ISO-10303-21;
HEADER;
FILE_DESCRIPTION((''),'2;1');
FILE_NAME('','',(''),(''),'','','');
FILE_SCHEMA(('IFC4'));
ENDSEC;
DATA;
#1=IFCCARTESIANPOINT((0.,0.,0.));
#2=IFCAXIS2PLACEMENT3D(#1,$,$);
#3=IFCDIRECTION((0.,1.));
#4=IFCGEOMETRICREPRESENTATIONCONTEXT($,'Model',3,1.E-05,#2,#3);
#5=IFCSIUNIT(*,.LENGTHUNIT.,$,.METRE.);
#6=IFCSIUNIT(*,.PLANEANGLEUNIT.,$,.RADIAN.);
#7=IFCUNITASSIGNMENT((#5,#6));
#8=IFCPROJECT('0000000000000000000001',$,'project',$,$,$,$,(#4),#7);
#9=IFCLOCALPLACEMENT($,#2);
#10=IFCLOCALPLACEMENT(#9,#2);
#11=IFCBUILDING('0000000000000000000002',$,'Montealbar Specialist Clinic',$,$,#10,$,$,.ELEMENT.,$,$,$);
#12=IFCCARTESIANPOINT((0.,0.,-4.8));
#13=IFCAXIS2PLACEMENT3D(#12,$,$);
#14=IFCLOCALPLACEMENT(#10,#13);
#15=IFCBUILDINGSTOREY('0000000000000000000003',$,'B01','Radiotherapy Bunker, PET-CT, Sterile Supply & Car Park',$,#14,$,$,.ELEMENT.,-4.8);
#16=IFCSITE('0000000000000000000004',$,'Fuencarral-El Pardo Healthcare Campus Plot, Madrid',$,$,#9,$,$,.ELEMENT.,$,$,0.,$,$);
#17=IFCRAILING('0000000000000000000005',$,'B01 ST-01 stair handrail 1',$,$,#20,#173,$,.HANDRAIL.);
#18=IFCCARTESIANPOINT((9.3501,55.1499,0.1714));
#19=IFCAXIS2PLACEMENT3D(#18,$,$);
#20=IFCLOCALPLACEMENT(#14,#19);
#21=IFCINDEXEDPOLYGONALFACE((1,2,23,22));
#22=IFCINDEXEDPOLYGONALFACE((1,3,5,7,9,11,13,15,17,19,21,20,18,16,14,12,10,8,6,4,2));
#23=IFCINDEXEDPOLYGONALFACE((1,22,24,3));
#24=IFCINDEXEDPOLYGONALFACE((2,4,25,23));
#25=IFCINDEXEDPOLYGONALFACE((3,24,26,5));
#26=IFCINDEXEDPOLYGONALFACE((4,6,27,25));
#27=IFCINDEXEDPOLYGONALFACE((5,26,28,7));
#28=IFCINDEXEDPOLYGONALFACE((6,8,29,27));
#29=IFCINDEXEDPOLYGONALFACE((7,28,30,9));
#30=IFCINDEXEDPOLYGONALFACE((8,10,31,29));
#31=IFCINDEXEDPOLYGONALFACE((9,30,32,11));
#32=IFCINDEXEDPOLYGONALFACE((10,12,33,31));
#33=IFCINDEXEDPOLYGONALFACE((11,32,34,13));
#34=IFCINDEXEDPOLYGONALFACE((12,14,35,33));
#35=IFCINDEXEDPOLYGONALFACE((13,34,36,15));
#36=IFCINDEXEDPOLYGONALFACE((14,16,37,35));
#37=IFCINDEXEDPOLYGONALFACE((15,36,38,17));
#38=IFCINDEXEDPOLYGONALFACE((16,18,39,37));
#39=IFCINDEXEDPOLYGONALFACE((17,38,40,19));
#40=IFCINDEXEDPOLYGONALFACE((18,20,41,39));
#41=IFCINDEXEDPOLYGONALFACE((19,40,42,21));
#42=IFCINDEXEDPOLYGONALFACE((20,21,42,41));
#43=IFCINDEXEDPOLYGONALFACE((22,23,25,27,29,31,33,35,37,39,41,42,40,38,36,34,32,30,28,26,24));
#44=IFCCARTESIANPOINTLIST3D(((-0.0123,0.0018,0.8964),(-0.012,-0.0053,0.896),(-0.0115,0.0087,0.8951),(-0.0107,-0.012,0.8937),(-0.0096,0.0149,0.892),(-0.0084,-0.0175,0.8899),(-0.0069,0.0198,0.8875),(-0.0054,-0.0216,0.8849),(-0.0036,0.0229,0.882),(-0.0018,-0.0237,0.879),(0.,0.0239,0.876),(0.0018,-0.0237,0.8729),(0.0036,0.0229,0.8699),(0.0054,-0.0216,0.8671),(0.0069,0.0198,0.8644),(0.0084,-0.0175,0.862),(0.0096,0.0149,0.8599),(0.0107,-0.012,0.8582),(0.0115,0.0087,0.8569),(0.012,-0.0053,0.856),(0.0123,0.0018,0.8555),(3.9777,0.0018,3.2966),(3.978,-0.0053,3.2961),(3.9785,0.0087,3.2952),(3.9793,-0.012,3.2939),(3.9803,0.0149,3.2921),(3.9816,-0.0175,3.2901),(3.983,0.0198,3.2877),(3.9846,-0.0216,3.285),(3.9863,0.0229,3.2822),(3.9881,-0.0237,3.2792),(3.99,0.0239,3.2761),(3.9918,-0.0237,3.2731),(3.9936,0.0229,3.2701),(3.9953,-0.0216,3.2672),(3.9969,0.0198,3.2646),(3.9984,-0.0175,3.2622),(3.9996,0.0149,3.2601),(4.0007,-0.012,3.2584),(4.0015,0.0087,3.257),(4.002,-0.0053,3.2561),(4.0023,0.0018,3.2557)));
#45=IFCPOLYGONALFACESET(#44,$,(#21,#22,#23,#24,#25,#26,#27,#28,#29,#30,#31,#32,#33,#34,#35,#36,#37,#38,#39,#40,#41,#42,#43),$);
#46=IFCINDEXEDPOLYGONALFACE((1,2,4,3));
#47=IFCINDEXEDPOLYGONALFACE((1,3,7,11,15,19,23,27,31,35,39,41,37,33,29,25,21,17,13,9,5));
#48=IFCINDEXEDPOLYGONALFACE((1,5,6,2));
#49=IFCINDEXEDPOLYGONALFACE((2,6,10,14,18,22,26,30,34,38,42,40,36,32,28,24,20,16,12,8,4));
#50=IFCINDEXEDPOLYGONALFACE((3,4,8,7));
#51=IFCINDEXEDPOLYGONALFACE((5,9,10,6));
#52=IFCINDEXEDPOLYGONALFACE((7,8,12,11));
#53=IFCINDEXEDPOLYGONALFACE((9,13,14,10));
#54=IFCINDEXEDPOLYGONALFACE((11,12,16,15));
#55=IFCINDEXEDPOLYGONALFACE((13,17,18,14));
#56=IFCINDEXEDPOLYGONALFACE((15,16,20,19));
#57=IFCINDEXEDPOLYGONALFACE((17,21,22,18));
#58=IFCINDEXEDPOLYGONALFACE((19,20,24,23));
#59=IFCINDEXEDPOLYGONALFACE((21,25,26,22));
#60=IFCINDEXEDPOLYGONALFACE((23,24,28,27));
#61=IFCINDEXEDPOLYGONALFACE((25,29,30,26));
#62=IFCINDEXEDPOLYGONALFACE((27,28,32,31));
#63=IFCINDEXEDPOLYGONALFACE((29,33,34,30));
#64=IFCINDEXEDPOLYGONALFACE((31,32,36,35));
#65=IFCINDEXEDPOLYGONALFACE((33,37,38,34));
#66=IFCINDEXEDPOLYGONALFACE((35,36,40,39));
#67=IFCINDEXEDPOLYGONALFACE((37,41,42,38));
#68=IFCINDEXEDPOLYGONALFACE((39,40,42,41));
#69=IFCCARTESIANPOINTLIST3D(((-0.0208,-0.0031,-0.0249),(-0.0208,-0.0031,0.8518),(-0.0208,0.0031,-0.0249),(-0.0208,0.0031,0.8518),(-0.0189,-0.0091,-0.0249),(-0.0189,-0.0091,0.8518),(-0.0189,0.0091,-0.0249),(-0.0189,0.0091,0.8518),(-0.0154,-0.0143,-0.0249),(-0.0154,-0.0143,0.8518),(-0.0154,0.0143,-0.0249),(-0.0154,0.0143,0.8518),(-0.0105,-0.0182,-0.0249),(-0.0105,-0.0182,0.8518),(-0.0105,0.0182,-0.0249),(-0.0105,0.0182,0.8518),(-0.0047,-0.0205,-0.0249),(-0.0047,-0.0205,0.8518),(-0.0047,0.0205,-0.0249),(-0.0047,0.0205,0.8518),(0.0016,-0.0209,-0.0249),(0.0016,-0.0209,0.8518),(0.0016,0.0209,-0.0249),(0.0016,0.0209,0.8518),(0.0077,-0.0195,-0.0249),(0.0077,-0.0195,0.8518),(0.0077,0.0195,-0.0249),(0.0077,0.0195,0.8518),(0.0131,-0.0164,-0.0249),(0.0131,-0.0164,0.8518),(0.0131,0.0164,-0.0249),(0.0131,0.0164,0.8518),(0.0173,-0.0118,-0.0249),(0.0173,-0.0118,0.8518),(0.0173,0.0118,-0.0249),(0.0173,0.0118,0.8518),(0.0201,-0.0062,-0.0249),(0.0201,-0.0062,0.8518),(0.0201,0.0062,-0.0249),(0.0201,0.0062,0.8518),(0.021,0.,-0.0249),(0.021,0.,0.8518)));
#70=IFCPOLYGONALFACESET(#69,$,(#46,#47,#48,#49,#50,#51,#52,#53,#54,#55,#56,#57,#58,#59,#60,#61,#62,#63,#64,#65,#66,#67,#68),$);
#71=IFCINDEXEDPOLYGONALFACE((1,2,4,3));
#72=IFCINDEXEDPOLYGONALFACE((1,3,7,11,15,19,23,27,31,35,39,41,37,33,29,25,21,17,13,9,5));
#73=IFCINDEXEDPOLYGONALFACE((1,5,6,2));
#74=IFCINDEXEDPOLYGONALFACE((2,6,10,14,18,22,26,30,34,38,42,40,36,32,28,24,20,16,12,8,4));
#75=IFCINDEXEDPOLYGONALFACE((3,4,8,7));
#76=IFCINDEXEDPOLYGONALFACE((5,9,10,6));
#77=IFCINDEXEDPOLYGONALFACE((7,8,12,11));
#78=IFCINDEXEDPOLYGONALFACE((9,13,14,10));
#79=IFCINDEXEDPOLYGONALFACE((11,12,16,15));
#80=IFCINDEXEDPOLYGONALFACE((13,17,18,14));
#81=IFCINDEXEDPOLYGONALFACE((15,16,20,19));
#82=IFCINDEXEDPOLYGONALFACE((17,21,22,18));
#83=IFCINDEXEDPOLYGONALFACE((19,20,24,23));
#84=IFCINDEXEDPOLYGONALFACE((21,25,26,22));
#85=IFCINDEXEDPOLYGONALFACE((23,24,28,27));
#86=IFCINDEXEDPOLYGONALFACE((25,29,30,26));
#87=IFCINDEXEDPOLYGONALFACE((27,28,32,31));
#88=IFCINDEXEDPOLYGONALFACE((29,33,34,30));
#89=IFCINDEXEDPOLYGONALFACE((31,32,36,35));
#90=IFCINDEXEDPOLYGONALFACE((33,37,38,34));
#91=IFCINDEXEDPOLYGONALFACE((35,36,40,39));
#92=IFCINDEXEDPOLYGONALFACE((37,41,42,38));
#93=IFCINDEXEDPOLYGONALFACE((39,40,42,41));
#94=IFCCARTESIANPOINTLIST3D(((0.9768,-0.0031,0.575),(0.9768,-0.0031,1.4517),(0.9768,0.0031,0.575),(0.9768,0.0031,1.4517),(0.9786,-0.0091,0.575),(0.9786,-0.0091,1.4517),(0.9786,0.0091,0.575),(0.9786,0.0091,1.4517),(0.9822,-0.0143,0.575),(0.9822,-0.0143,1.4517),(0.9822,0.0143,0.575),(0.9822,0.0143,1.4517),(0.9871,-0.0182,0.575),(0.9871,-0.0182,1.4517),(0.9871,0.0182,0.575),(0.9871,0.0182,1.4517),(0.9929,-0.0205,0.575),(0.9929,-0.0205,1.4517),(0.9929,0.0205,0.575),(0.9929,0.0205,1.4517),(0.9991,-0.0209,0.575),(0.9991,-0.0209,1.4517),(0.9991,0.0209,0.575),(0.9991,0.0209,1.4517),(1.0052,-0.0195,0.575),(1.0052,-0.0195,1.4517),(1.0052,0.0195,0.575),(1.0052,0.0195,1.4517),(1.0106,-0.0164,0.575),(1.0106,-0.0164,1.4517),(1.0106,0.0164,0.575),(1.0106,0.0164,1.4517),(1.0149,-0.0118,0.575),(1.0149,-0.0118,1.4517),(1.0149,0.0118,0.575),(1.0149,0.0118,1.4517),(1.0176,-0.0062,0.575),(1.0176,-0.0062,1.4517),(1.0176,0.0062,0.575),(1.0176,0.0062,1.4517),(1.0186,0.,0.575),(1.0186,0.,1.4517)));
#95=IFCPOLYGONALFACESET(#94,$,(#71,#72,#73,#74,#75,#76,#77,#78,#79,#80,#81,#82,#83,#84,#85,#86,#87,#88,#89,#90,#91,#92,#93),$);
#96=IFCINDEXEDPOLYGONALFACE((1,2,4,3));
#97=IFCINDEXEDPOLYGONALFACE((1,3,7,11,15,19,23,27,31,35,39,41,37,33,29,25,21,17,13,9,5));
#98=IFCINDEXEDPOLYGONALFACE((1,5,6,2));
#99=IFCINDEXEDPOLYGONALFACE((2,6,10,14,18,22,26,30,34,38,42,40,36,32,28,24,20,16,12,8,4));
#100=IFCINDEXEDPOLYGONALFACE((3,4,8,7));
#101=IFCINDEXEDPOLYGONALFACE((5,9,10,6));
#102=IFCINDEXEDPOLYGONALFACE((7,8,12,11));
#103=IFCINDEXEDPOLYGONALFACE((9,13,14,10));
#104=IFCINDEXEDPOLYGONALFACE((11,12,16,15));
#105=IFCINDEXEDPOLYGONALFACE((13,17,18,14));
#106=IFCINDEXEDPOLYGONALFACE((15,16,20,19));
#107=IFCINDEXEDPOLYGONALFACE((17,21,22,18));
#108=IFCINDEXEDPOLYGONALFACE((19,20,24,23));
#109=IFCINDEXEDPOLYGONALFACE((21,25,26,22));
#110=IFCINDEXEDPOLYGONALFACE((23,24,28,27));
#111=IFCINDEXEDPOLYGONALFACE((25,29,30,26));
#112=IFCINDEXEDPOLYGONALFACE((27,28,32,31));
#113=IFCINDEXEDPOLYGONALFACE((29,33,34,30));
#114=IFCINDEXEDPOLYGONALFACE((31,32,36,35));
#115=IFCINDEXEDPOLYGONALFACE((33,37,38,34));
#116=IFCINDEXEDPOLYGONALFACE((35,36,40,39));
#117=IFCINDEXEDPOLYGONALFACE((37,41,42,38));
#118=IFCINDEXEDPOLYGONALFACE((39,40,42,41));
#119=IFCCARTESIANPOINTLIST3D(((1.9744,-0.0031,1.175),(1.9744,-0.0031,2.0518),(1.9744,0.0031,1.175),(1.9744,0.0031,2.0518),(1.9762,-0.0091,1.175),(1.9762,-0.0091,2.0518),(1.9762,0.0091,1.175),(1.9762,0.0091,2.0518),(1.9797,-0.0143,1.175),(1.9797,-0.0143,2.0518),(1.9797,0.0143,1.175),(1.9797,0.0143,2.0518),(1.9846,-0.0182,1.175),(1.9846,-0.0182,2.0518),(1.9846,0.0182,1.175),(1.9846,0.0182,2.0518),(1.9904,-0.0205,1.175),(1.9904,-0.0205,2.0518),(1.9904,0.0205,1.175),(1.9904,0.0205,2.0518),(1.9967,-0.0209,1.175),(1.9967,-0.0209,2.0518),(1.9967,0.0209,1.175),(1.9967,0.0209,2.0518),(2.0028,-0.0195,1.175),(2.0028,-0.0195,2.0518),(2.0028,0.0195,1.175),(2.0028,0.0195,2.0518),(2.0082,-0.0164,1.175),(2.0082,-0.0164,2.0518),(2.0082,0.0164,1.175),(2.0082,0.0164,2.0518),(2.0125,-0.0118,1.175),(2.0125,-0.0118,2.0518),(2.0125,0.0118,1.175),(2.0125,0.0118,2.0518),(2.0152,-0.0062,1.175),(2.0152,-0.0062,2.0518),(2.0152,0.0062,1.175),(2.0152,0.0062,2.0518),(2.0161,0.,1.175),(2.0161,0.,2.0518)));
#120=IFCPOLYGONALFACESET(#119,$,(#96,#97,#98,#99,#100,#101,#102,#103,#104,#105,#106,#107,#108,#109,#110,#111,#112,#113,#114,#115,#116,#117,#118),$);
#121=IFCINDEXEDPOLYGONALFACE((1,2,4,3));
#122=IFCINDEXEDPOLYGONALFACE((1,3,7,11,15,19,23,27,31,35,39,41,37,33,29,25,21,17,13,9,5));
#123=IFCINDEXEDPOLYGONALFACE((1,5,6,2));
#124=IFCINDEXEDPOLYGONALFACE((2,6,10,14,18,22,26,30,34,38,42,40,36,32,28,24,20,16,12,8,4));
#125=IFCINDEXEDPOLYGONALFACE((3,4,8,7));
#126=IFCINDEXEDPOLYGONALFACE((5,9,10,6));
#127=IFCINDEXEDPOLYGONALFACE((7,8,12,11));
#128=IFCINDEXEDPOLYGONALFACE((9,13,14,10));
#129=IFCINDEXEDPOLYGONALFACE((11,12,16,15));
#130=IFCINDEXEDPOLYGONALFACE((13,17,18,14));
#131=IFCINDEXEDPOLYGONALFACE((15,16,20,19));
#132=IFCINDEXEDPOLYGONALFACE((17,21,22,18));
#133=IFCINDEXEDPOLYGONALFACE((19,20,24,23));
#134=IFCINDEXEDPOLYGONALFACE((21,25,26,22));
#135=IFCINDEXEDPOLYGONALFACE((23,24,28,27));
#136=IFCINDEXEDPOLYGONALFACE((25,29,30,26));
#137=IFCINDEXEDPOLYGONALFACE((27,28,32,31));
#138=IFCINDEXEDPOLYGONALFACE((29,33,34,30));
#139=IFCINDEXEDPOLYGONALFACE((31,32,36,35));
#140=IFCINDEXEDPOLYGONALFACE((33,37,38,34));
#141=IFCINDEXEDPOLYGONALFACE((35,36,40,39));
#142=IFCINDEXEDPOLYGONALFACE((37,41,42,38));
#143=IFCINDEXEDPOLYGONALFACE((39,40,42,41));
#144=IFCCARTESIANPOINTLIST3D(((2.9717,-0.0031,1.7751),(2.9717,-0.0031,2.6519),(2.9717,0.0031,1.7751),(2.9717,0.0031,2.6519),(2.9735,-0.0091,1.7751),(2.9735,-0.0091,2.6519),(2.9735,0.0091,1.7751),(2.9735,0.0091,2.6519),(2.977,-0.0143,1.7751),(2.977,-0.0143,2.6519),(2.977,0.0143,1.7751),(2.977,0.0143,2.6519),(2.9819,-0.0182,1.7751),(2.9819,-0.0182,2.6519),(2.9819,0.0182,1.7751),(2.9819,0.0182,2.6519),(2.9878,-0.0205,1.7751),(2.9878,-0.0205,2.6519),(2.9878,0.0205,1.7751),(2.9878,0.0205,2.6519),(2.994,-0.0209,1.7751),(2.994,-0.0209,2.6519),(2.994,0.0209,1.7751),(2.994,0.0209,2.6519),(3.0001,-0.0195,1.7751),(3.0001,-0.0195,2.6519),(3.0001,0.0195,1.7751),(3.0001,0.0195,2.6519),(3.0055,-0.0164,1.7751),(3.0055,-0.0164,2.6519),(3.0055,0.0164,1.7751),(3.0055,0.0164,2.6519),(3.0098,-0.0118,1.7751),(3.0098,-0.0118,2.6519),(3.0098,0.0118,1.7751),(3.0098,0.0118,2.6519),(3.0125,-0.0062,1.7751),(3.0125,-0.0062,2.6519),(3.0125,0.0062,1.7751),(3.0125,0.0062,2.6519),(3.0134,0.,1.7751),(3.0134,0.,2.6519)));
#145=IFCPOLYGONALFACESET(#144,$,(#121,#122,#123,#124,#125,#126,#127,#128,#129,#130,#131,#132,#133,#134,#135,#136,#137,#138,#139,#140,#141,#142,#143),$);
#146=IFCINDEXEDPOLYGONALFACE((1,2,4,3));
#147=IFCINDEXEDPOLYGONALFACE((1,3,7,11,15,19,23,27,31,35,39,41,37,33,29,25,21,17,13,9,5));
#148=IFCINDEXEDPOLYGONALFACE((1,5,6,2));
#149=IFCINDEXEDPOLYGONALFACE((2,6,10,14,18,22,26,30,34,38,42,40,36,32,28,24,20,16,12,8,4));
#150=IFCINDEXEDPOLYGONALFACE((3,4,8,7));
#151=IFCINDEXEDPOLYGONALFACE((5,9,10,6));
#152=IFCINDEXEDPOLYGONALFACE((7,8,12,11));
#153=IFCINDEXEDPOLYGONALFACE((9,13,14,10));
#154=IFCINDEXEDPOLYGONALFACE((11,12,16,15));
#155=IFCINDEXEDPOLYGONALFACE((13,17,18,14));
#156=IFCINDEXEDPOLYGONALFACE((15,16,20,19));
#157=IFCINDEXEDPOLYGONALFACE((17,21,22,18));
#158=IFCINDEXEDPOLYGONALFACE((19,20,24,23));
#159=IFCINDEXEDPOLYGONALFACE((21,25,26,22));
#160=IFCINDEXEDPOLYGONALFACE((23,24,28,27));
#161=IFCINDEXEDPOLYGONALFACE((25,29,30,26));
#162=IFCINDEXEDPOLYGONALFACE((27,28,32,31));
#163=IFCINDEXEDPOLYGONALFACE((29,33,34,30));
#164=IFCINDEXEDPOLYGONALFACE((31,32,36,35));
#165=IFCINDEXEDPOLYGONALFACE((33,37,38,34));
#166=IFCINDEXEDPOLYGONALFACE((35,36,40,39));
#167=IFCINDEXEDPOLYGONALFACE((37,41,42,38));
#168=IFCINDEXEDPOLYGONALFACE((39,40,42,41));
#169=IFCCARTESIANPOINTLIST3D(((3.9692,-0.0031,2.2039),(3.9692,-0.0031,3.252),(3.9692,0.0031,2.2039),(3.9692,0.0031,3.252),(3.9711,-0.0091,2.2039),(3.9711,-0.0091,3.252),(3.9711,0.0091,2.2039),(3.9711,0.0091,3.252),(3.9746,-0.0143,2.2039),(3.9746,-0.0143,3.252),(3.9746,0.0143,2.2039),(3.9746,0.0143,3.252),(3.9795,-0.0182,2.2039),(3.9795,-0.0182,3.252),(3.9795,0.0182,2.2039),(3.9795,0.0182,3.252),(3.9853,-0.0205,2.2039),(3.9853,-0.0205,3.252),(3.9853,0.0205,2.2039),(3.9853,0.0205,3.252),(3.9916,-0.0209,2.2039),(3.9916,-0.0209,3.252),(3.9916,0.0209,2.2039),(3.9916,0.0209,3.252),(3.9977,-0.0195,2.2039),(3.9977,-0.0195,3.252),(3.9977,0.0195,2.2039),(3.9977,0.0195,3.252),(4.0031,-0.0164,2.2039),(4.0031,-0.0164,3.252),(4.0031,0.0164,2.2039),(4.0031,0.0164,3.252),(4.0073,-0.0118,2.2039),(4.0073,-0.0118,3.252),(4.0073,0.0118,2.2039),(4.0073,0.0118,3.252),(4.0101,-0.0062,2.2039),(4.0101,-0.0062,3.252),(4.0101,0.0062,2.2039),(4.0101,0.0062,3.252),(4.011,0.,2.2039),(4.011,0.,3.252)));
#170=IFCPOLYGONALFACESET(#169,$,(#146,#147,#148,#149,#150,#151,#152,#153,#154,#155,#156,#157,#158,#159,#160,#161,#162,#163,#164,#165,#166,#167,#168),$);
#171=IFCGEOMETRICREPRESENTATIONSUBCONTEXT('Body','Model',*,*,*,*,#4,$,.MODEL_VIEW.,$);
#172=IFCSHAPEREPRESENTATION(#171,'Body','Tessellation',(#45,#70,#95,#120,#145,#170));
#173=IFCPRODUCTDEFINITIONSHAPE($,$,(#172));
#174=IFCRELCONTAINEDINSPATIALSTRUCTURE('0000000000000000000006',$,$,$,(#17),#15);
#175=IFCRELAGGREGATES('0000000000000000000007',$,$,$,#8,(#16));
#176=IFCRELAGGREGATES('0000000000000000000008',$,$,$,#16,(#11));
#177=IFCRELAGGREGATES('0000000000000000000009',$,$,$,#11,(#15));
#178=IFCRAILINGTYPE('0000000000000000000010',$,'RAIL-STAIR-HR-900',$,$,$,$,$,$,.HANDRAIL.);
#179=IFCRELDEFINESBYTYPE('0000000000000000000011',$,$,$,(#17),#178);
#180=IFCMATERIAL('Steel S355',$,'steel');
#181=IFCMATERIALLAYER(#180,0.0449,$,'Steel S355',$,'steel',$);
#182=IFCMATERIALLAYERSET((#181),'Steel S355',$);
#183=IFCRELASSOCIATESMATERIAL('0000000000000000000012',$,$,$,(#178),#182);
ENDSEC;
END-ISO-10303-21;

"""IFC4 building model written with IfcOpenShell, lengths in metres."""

from ifc_helpers import new_model, si_unit, direction, frame, origin, origin_2d, place, context, subcontext, project, spatial, circle, extrude, material, layer, layer_set, type_object, element, save


model = new_model("IFC4")

# Units and contexts
model_context = context("Model", 3, precision=1e-05, world=origin(), true_north=direction((0.0, 1.0)))
body_context = subcontext(model_context, "Body", "Model", "MODEL_VIEW")
ifc_project = project(units=[si_unit("LENGTHUNIT", "METRE"), si_unit("PLANEANGLEUNIT", "RADIAN")], contexts=[model_context])

# Site, building, storey
site_placement = place(None, origin())
site = spatial("IfcSite", under=ifc_project, at=site_placement, Name="Fuencarral-El Pardo Healthcare Campus Plot, Madrid", CompositionType="ELEMENT", RefElevation=0.0)
building_placement = place(site_placement, origin())
building = spatial("IfcBuilding", under=site, at=building_placement, Name="Montealbar Specialist Clinic", CompositionType="ELEMENT")
storey_placement = place(building_placement, frame((0.0, 0.0, -4.8)))
storey = spatial("IfcBuildingStorey", under=building, at=storey_placement, Name="B01", Description="Radiotherapy Bunker, PET-CT, Sterile Supply & Car Park", CompositionType="ELEMENT", Elevation=-4.8)

# Shared definitions
ifc_material_1 = material(Name="Steel S355", Category="steel")

# Railing
ifc_layer_1 = layer(ifc_material_1, 0.0449, Name="Steel S355", Category="steel")
ifc_layer_set_1 = layer_set([ifc_layer_1], Name="Steel S355")
railing_type_1 = type_object("IfcRailingType", Name="RAIL-STAIR-HR-900", PredefinedType="HANDRAIL", material=ifc_layer_set_1)
railing_1_placement = place(storey_placement, frame((9.3501, 55.1499, 0.1714)))
element("IfcRailing", 1, at=railing_1_placement, inside=storey, type_object=railing_type_1, Name="B01 ST-01 stair handrail 1", PredefinedType="HANDRAIL", context=body_context, shape_type="SweptSolid", body=[
    extrude(circle(Radius=0.0239, at=origin_2d()), frame((0.0, 0.0, 0.876), z_axis=(0.856909, 0.0, 0.515467), x_axis=(0.0, 1.0, 0.0)), (0.0, 0.0, 1.0), 4.6562),
    extrude(circle(Radius=0.021, at=origin_2d()), frame((0.0, 0.0, -0.0249)), (0.0, 0.0, 1.0), 0.8767),
    extrude(circle(Radius=0.021, at=origin_2d()), frame((0.9976, 0.0, 0.575)), (0.0, 0.0, 1.0), 0.8767),
    extrude(circle(Radius=0.021, at=origin_2d()), frame((1.9951, 0.0, 1.175)), (0.0, 0.0, 1.0), 0.8767),
    extrude(circle(Radius=0.021, at=origin_2d()), frame((2.9924, 0.0, 1.7751)), (0.0, 0.0, 1.0), 0.8767),
    extrude(circle(Radius=0.021, at=origin_2d()), frame((3.99, 0.0, 2.2039)), (0.0, 0.0, 1.0), 1.0481),
])

save(model, "model.ifc")
